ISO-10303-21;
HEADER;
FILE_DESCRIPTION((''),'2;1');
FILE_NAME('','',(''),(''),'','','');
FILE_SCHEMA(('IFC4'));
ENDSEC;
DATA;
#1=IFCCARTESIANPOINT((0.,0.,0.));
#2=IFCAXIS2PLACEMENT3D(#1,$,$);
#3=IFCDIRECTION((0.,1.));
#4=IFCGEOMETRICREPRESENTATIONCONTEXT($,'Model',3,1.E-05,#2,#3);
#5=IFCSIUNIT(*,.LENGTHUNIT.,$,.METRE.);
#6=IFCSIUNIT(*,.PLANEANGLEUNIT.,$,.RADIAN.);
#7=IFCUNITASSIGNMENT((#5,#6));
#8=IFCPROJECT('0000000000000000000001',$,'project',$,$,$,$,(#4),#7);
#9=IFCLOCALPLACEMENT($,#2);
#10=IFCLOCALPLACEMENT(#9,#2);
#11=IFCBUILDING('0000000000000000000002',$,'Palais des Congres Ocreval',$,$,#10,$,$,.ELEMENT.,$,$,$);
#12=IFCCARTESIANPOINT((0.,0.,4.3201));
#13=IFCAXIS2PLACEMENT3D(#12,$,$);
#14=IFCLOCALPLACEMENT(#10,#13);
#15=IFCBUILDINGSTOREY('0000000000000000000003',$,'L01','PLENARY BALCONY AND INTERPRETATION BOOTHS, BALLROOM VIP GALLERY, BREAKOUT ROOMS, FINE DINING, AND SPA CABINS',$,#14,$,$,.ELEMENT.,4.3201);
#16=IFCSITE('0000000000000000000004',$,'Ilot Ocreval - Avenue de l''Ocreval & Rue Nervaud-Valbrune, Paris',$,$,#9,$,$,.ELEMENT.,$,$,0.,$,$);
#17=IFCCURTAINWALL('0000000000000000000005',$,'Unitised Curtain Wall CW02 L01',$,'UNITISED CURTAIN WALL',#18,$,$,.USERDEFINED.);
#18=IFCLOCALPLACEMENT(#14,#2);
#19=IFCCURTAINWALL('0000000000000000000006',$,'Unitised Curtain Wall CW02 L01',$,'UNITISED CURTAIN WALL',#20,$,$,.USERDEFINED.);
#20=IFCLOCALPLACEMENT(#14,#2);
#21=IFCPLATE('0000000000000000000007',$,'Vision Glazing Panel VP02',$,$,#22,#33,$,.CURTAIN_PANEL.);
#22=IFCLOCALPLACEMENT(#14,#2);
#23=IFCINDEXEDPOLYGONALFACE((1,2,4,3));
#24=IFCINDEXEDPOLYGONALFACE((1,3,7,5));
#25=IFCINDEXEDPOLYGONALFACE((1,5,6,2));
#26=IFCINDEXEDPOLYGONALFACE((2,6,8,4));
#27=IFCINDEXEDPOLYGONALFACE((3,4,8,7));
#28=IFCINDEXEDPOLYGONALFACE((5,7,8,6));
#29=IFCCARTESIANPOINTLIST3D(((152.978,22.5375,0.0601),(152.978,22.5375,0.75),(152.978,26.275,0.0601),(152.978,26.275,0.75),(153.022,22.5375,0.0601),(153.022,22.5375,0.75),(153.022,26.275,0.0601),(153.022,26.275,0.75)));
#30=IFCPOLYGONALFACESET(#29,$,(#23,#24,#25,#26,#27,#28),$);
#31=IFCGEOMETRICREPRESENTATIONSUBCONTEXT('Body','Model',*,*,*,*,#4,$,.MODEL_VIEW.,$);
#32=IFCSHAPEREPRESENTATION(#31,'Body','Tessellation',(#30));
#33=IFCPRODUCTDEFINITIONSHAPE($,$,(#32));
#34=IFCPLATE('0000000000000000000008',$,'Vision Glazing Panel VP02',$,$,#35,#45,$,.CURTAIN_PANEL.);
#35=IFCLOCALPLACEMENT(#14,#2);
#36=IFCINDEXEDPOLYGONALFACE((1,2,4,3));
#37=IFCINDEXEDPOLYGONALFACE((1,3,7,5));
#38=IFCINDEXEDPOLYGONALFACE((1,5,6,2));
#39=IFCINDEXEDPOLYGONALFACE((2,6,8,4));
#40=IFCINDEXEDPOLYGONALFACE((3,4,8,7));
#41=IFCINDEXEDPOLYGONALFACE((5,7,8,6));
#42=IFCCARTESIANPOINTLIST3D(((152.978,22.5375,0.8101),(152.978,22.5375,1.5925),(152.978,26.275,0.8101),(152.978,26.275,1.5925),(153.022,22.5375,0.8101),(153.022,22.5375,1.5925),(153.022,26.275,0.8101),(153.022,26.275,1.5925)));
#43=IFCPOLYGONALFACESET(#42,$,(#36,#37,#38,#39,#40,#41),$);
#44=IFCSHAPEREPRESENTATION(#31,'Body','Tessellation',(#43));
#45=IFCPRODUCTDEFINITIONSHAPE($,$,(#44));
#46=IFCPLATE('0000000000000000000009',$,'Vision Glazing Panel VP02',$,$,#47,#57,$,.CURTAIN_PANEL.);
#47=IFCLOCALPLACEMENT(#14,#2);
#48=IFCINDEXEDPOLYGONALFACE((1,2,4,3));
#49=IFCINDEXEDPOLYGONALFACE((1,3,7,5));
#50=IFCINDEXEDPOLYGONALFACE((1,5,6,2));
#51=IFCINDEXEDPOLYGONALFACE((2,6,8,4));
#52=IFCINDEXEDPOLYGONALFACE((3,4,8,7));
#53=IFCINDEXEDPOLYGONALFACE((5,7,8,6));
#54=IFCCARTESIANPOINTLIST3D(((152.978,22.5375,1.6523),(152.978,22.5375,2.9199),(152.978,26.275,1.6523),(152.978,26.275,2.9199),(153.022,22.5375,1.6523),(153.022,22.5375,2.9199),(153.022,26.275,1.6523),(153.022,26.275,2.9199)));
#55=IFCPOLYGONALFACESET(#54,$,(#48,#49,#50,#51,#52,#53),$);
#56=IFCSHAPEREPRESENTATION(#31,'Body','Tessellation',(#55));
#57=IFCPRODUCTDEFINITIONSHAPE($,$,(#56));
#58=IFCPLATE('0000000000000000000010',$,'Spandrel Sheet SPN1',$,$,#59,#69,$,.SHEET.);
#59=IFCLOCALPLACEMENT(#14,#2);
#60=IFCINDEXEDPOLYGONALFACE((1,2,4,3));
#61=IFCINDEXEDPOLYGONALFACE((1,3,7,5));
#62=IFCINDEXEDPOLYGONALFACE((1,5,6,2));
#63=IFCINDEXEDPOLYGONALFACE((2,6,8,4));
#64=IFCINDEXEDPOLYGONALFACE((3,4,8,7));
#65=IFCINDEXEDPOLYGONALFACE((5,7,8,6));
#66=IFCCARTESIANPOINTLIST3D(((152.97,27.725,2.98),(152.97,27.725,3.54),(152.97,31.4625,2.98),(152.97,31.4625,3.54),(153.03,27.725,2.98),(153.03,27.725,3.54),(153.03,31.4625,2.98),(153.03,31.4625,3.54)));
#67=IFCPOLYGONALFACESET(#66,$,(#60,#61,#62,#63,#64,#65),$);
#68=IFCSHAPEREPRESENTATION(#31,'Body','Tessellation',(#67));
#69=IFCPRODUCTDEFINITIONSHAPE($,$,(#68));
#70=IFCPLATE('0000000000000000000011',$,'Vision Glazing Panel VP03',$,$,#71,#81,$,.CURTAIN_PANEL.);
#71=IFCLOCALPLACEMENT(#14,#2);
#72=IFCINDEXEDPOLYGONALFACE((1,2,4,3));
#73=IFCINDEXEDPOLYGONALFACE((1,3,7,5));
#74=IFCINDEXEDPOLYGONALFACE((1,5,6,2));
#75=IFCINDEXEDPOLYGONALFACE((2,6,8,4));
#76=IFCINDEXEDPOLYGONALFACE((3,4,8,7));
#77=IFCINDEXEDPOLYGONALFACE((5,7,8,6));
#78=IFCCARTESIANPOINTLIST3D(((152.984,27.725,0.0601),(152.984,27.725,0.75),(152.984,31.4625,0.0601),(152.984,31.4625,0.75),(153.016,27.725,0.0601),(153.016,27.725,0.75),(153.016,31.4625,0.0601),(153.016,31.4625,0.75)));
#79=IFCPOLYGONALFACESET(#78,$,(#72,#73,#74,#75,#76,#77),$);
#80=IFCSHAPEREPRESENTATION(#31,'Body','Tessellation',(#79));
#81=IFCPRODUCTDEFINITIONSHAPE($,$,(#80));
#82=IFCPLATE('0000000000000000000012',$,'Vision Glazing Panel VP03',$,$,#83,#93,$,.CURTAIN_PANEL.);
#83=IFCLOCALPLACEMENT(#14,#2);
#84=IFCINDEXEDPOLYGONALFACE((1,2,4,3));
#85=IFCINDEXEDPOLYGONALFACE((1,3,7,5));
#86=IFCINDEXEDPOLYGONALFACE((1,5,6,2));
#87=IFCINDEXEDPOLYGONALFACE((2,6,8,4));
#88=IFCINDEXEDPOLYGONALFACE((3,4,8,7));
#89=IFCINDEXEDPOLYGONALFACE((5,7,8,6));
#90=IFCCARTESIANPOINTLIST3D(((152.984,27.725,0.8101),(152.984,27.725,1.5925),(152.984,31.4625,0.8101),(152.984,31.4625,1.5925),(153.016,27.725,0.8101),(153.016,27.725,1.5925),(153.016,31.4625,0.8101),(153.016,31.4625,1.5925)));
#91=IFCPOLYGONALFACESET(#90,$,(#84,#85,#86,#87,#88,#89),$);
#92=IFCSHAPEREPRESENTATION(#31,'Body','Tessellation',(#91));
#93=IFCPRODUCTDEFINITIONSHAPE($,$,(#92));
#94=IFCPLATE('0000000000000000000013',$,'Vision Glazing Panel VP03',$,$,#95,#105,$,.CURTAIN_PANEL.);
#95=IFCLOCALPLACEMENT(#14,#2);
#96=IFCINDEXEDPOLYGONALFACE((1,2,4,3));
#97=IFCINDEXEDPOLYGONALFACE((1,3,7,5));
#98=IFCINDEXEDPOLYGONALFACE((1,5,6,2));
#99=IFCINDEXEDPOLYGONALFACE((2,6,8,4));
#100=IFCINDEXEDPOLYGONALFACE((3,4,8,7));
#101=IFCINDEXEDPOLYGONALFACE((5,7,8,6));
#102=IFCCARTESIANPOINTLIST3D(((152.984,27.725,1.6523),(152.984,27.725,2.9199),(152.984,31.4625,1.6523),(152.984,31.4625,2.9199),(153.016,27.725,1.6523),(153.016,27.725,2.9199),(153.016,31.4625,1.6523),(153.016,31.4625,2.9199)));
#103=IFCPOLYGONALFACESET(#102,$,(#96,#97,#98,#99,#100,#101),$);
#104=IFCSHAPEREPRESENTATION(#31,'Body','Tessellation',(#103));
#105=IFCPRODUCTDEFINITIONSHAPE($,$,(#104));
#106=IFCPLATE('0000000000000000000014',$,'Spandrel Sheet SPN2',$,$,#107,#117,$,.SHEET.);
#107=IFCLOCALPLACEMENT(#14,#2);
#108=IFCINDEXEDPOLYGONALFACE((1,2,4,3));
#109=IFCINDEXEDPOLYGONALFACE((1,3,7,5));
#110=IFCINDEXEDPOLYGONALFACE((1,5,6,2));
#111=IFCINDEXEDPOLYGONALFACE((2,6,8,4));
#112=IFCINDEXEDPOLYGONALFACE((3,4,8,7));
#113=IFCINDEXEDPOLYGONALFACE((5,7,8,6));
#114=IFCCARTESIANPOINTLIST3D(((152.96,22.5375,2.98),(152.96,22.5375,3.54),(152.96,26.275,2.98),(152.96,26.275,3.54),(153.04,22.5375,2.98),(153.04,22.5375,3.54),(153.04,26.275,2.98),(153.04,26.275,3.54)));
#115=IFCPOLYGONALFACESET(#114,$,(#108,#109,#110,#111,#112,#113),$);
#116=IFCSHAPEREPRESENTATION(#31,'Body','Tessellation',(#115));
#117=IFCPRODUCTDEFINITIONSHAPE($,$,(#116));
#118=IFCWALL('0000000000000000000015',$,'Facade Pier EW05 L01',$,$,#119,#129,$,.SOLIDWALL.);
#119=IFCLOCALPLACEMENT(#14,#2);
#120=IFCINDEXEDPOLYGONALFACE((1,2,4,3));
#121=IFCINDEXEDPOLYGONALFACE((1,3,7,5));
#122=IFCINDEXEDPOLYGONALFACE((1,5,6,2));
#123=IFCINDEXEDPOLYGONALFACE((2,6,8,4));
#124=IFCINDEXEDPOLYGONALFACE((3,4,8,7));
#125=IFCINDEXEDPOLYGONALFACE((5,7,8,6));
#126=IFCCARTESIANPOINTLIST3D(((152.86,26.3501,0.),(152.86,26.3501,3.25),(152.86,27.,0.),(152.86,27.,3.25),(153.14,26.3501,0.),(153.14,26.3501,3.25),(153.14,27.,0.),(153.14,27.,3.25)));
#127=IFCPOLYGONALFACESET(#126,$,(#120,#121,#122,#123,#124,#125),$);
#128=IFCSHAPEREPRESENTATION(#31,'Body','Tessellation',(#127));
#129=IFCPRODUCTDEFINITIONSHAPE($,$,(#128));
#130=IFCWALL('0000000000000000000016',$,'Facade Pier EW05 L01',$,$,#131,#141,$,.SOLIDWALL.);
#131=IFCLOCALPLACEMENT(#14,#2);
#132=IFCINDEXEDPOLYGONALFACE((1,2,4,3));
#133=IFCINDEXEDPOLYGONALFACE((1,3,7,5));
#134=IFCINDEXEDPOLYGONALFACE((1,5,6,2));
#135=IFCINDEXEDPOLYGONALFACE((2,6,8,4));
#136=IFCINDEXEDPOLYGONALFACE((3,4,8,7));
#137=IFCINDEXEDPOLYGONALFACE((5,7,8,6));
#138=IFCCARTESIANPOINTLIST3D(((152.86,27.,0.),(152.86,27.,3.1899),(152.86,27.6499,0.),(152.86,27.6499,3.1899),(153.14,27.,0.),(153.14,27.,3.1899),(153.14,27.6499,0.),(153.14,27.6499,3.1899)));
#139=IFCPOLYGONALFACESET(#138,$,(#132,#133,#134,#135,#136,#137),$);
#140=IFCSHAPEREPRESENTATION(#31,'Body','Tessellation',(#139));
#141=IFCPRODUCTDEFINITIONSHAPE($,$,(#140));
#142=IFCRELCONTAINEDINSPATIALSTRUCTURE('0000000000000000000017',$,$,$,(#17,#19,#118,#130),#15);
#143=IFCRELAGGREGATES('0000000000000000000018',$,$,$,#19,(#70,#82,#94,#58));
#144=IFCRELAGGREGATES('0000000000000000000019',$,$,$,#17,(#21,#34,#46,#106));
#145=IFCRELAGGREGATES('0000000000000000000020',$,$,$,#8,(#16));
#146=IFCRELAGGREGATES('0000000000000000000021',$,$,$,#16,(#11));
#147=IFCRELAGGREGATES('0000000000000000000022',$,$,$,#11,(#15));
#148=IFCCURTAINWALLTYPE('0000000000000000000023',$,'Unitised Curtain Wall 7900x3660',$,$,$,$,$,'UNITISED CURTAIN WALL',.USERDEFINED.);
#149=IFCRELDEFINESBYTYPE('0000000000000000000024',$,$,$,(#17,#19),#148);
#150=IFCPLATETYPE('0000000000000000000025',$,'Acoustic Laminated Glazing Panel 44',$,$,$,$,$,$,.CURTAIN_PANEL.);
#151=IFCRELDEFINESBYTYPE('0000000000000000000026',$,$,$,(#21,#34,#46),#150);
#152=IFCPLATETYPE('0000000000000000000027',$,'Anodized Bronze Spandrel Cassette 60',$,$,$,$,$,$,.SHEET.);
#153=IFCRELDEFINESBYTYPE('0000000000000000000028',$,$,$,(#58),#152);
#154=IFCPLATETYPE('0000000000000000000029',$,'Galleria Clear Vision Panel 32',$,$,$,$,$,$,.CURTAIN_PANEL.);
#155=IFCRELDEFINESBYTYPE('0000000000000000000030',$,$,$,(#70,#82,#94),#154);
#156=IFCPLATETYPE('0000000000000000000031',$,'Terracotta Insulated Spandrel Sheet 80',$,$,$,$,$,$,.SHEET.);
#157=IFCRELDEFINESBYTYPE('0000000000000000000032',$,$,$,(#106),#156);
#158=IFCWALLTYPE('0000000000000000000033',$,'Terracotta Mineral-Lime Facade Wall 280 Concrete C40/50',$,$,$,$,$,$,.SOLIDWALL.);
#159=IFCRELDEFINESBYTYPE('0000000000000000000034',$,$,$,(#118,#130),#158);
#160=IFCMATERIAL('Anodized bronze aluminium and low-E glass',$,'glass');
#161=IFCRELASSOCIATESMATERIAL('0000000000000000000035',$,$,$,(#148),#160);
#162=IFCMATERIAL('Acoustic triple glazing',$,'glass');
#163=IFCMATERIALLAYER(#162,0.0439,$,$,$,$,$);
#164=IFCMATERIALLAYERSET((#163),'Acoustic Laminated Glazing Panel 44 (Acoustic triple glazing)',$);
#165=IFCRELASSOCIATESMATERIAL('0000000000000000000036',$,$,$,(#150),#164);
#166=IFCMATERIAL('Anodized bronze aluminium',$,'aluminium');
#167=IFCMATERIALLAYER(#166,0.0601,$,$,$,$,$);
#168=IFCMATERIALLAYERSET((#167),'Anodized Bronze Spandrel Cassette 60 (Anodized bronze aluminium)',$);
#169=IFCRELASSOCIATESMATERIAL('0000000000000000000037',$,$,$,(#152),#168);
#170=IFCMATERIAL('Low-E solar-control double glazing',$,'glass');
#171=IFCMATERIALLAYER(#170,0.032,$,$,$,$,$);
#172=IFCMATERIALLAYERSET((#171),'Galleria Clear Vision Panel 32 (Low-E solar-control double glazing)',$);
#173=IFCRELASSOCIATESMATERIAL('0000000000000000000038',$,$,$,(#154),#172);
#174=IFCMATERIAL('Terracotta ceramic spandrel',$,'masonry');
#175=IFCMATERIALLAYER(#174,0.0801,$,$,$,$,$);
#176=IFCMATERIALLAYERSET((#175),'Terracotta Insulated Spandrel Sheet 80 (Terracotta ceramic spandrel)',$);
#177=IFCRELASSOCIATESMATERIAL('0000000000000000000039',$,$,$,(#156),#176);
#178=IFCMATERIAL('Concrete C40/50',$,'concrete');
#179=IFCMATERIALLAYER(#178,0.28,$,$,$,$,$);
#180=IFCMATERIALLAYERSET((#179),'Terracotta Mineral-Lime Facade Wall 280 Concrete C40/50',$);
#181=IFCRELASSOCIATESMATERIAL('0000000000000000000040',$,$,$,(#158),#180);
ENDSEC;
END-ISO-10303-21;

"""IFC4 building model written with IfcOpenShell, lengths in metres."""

from ifc_helpers import new_model, si_unit, direction, frame, frame_2d, origin, origin_2d, place, context, subcontext, project, spatial, rectangle, extrude, material, layer, layer_set, type_object, element, aggregate, save


model = new_model("IFC4")

# Units and contexts
model_context = context("Model", 3, precision=1e-05, world=origin(), true_north=direction((0.0, 1.0)))
body_context = subcontext(model_context, "Body", "Model", "MODEL_VIEW")
ifc_project = project(units=[si_unit("LENGTHUNIT", "METRE"), si_unit("PLANEANGLEUNIT", "RADIAN")], contexts=[model_context])

# Site, building, storey
site_placement = place(None, origin())
site = spatial("IfcSite", under=ifc_project, at=site_placement, Name="Ilot Ocreval - Avenue de l'Ocreval & Rue Nervaud-Valbrune, Paris", CompositionType="ELEMENT", RefElevation=0.0)
building_placement = place(site_placement, origin())
building = spatial("IfcBuilding", under=site, at=building_placement, Name="Palais des Congres Ocreval", CompositionType="ELEMENT")
storey_placement = place(building_placement, frame((0.0, 0.0, 4.3201)))
storey = spatial("IfcBuildingStorey", under=building, at=storey_placement, Name="L01", Description="PLENARY BALCONY AND INTERPRETATION BOOTHS, BALLROOM VIP GALLERY, BREAKOUT ROOMS, FINE DINING, AND SPA CABINS", CompositionType="ELEMENT", Elevation=4.3201)

# Curtain wall
ifc_material_1 = material(Name="Anodized bronze aluminium and low-E glass", Category="glass")
curtain_wall_type = type_object("IfcCurtainWallType", Name="Unitised Curtain Wall 7900x3660", ElementType="UNITISED CURTAIN WALL", PredefinedType="USERDEFINED", material=ifc_material_1)
curtain_wall_1_placement = place(storey_placement, origin())
curtain_wall_1 = element("IfcCurtainWall", 1, at=curtain_wall_1_placement, inside=storey, type_object=curtain_wall_type, Name="Unitised Curtain Wall CW02 L01", ObjectType="UNITISED CURTAIN WALL", PredefinedType="USERDEFINED")
ifc_material_2 = material(Name="Anodized bronze aluminium", Category="aluminium")

# Curtain wall
curtain_wall_2_placement = place(storey_placement, origin())
curtain_wall_2 = element("IfcCurtainWall", 2, at=curtain_wall_2_placement, inside=storey, type_object=curtain_wall_type, Name="Unitised Curtain Wall CW02 L01", ObjectType="UNITISED CURTAIN WALL", PredefinedType="USERDEFINED")

# Plates
ifc_material_3 = material(Name="Acoustic triple glazing", Category="glass")
ifc_layer_1 = layer(ifc_material_3, 0.0439)
ifc_layer_set_1 = layer_set([ifc_layer_1], Name="Acoustic Laminated Glazing Panel 44 (Acoustic triple glazing)")
plate_type_1 = type_object("IfcPlateType", Name="Acoustic Laminated Glazing Panel 44", PredefinedType="CURTAIN_PANEL", material=ifc_layer_set_1)
plate_1_placement = place(storey_placement, frame((153.0, 24.4062, 0.0601), z_axis=(0.0, 0.0, 1.0), x_axis=(0.0, 1.0, 0.0)))
plate_1 = element("IfcPlate", 3, at=plate_1_placement, type_object=plate_type_1, Name="Vision Glazing Panel VP02", PredefinedType="CURTAIN_PANEL", context=body_context, shape_type="SweptSolid", body=[
    extrude(rectangle(XDim=3.7375, YDim=0.0439, at=origin_2d()), origin(), (0.0, 0.0, 1.0), 0.6899),
])
plate_2_placement = place(storey_placement, frame((153.0, 24.4062, 0.8101), z_axis=(0.0, 0.0, 1.0), x_axis=(0.0, 1.0, 0.0)))
plate_2 = element("IfcPlate", 4, at=plate_2_placement, type_object=plate_type_1, Name="Vision Glazing Panel VP02", PredefinedType="CURTAIN_PANEL", context=body_context, shape_type="SweptSolid", body=[
    extrude(rectangle(XDim=3.7375, YDim=0.0439, at=origin_2d()), origin(), (0.0, 0.0, 1.0), 0.7825),
])
plate_3_placement = place(storey_placement, frame((153.0, 24.4062, 1.6523), z_axis=(0.0, 0.0, 1.0), x_axis=(0.0, 1.0, 0.0)))
plate_3 = element("IfcPlate", 5, at=plate_3_placement, type_object=plate_type_1, Name="Vision Glazing Panel VP02", PredefinedType="CURTAIN_PANEL", context=body_context, shape_type="SweptSolid", body=[
    extrude(rectangle(XDim=3.7375, YDim=0.0439, at=origin_2d()), origin(), (0.0, 0.0, 1.0), 1.2676),
])
ifc_layer_2 = layer(ifc_material_2, 0.0601)
ifc_layer_set_2 = layer_set([ifc_layer_2], Name="Anodized Bronze Spandrel Cassette 60 (Anodized bronze aluminium)")
plate_type_2 = type_object("IfcPlateType", Name="Anodized Bronze Spandrel Cassette 60", PredefinedType="SHEET", material=ifc_layer_set_2)
plate_4_placement = place(storey_placement, frame((153.0, 29.5938, 2.98), z_axis=(0.0, 0.0, 1.0), x_axis=(0.0, 1.0, 0.0)))
plate_4 = element("IfcPlate", 6, at=plate_4_placement, type_object=plate_type_2, Name="Spandrel Sheet SPN1", PredefinedType="SHEET", context=body_context, shape_type="SweptSolid", body=[
    extrude(rectangle(XDim=3.7375, YDim=0.0601, at=origin_2d()), origin(), (0.0, 0.0, 1.0), 0.5601),
])
ifc_material_4 = material(Name="Low-E solar-control double glazing", Category="glass")
ifc_layer_3 = layer(ifc_material_4, 0.032)
ifc_layer_set_3 = layer_set([ifc_layer_3], Name="Galleria Clear Vision Panel 32 (Low-E solar-control double glazing)")
plate_type_3 = type_object("IfcPlateType", Name="Galleria Clear Vision Panel 32", PredefinedType="CURTAIN_PANEL", material=ifc_layer_set_3)
plate_5_placement = place(storey_placement, frame((153.0, 29.5938, 0.0601), z_axis=(0.0, 0.0, 1.0), x_axis=(0.0, 1.0, 0.0)))
plate_5 = element("IfcPlate", 7, at=plate_5_placement, type_object=plate_type_3, Name="Vision Glazing Panel VP03", PredefinedType="CURTAIN_PANEL", context=body_context, shape_type="SweptSolid", body=[
    extrude(rectangle(XDim=3.7375, YDim=0.032, at=origin_2d()), origin(), (0.0, 0.0, 1.0), 0.6899),
])
plate_6_placement = place(storey_placement, frame((153.0, 29.5938, 0.8101), z_axis=(0.0, 0.0, 1.0), x_axis=(0.0, 1.0, 0.0)))
plate_6 = element("IfcPlate", 8, at=plate_6_placement, type_object=plate_type_3, Name="Vision Glazing Panel VP03", PredefinedType="CURTAIN_PANEL", context=body_context, shape_type="SweptSolid", body=[
    extrude(rectangle(XDim=3.7375, YDim=0.032, at=origin_2d()), origin(), (0.0, 0.0, 1.0), 0.7825),
])
plate_7_placement = place(storey_placement, frame((153.0, 29.5938, 1.6523), z_axis=(0.0, 0.0, 1.0), x_axis=(0.0, 1.0, 0.0)))
plate_7 = element("IfcPlate", 9, at=plate_7_placement, type_object=plate_type_3, Name="Vision Glazing Panel VP03", PredefinedType="CURTAIN_PANEL", context=body_context, shape_type="SweptSolid", body=[
    extrude(rectangle(XDim=3.7375, YDim=0.032, at=origin_2d()), origin(), (0.0, 0.0, 1.0), 1.2676),
])
aggregate(curtain_wall_2, [plate_5, plate_6, plate_7, plate_4])
ifc_material_5 = material(Name="Terracotta ceramic spandrel", Category="masonry")
ifc_layer_4 = layer(ifc_material_5, 0.0801)
ifc_layer_set_4 = layer_set([ifc_layer_4], Name="Terracotta Insulated Spandrel Sheet 80 (Terracotta ceramic spandrel)")
plate_type_4 = type_object("IfcPlateType", Name="Terracotta Insulated Spandrel Sheet 80", PredefinedType="SHEET", material=ifc_layer_set_4)
plate_8_placement = place(storey_placement, frame((153.0, 24.4062, 2.98), z_axis=(0.0, 0.0, 1.0), x_axis=(0.0, 1.0, 0.0)))
plate_8 = element("IfcPlate", 10, at=plate_8_placement, type_object=plate_type_4, Name="Spandrel Sheet SPN2", PredefinedType="SHEET", context=body_context, shape_type="SweptSolid", body=[
    extrude(rectangle(XDim=3.7375, YDim=0.0801, at=origin_2d()), origin(), (0.0, 0.0, 1.0), 0.5601),
])
aggregate(curtain_wall_1, [plate_1, plate_2, plate_3, plate_8])

# Walls
ifc_material_6 = material(Name="Concrete C40/50", Category="concrete")
ifc_layer_5 = layer(ifc_material_6, 0.28)
ifc_layer_set_5 = layer_set([ifc_layer_5], Name="Terracotta Mineral-Lime Facade Wall 280 Concrete C40/50")
wall_type = type_object("IfcWallType", Name="Terracotta Mineral-Lime Facade Wall 280 Concrete C40/50", PredefinedType="SOLIDWALL", material=ifc_layer_set_5)
wall_1_placement = place(storey_placement, frame((153.0, 26.3501, 0.0), z_axis=(0.0, 0.0, 1.0), x_axis=(0.0, 1.0, 0.0)))
element("IfcWall", 11, at=wall_1_placement, inside=storey, type_object=wall_type, Name="Facade Pier EW05 L01", PredefinedType="SOLIDWALL", context=body_context, shape_type="SweptSolid", body=[
    extrude(rectangle(XDim=0.6499, YDim=0.28, at=frame_2d((0.325, 0.0))), origin(), (0.0, 0.0, 1.0), 3.25),
])
wall_2_placement = place(storey_placement, frame((153.0, 27.0, 0.0), z_axis=(0.0, 0.0, 1.0), x_axis=(0.0, 1.0, 0.0)))
element("IfcWall", 12, at=wall_2_placement, inside=storey, type_object=wall_type, Name="Facade Pier EW05 L01", PredefinedType="SOLIDWALL", context=body_context, shape_type="SweptSolid", body=[
    extrude(rectangle(XDim=0.6499, YDim=0.28, at=frame_2d((0.325, 0.0))), origin(), (0.0, 0.0, 1.0), 3.1899),
])

save(model, "model.ifc")
